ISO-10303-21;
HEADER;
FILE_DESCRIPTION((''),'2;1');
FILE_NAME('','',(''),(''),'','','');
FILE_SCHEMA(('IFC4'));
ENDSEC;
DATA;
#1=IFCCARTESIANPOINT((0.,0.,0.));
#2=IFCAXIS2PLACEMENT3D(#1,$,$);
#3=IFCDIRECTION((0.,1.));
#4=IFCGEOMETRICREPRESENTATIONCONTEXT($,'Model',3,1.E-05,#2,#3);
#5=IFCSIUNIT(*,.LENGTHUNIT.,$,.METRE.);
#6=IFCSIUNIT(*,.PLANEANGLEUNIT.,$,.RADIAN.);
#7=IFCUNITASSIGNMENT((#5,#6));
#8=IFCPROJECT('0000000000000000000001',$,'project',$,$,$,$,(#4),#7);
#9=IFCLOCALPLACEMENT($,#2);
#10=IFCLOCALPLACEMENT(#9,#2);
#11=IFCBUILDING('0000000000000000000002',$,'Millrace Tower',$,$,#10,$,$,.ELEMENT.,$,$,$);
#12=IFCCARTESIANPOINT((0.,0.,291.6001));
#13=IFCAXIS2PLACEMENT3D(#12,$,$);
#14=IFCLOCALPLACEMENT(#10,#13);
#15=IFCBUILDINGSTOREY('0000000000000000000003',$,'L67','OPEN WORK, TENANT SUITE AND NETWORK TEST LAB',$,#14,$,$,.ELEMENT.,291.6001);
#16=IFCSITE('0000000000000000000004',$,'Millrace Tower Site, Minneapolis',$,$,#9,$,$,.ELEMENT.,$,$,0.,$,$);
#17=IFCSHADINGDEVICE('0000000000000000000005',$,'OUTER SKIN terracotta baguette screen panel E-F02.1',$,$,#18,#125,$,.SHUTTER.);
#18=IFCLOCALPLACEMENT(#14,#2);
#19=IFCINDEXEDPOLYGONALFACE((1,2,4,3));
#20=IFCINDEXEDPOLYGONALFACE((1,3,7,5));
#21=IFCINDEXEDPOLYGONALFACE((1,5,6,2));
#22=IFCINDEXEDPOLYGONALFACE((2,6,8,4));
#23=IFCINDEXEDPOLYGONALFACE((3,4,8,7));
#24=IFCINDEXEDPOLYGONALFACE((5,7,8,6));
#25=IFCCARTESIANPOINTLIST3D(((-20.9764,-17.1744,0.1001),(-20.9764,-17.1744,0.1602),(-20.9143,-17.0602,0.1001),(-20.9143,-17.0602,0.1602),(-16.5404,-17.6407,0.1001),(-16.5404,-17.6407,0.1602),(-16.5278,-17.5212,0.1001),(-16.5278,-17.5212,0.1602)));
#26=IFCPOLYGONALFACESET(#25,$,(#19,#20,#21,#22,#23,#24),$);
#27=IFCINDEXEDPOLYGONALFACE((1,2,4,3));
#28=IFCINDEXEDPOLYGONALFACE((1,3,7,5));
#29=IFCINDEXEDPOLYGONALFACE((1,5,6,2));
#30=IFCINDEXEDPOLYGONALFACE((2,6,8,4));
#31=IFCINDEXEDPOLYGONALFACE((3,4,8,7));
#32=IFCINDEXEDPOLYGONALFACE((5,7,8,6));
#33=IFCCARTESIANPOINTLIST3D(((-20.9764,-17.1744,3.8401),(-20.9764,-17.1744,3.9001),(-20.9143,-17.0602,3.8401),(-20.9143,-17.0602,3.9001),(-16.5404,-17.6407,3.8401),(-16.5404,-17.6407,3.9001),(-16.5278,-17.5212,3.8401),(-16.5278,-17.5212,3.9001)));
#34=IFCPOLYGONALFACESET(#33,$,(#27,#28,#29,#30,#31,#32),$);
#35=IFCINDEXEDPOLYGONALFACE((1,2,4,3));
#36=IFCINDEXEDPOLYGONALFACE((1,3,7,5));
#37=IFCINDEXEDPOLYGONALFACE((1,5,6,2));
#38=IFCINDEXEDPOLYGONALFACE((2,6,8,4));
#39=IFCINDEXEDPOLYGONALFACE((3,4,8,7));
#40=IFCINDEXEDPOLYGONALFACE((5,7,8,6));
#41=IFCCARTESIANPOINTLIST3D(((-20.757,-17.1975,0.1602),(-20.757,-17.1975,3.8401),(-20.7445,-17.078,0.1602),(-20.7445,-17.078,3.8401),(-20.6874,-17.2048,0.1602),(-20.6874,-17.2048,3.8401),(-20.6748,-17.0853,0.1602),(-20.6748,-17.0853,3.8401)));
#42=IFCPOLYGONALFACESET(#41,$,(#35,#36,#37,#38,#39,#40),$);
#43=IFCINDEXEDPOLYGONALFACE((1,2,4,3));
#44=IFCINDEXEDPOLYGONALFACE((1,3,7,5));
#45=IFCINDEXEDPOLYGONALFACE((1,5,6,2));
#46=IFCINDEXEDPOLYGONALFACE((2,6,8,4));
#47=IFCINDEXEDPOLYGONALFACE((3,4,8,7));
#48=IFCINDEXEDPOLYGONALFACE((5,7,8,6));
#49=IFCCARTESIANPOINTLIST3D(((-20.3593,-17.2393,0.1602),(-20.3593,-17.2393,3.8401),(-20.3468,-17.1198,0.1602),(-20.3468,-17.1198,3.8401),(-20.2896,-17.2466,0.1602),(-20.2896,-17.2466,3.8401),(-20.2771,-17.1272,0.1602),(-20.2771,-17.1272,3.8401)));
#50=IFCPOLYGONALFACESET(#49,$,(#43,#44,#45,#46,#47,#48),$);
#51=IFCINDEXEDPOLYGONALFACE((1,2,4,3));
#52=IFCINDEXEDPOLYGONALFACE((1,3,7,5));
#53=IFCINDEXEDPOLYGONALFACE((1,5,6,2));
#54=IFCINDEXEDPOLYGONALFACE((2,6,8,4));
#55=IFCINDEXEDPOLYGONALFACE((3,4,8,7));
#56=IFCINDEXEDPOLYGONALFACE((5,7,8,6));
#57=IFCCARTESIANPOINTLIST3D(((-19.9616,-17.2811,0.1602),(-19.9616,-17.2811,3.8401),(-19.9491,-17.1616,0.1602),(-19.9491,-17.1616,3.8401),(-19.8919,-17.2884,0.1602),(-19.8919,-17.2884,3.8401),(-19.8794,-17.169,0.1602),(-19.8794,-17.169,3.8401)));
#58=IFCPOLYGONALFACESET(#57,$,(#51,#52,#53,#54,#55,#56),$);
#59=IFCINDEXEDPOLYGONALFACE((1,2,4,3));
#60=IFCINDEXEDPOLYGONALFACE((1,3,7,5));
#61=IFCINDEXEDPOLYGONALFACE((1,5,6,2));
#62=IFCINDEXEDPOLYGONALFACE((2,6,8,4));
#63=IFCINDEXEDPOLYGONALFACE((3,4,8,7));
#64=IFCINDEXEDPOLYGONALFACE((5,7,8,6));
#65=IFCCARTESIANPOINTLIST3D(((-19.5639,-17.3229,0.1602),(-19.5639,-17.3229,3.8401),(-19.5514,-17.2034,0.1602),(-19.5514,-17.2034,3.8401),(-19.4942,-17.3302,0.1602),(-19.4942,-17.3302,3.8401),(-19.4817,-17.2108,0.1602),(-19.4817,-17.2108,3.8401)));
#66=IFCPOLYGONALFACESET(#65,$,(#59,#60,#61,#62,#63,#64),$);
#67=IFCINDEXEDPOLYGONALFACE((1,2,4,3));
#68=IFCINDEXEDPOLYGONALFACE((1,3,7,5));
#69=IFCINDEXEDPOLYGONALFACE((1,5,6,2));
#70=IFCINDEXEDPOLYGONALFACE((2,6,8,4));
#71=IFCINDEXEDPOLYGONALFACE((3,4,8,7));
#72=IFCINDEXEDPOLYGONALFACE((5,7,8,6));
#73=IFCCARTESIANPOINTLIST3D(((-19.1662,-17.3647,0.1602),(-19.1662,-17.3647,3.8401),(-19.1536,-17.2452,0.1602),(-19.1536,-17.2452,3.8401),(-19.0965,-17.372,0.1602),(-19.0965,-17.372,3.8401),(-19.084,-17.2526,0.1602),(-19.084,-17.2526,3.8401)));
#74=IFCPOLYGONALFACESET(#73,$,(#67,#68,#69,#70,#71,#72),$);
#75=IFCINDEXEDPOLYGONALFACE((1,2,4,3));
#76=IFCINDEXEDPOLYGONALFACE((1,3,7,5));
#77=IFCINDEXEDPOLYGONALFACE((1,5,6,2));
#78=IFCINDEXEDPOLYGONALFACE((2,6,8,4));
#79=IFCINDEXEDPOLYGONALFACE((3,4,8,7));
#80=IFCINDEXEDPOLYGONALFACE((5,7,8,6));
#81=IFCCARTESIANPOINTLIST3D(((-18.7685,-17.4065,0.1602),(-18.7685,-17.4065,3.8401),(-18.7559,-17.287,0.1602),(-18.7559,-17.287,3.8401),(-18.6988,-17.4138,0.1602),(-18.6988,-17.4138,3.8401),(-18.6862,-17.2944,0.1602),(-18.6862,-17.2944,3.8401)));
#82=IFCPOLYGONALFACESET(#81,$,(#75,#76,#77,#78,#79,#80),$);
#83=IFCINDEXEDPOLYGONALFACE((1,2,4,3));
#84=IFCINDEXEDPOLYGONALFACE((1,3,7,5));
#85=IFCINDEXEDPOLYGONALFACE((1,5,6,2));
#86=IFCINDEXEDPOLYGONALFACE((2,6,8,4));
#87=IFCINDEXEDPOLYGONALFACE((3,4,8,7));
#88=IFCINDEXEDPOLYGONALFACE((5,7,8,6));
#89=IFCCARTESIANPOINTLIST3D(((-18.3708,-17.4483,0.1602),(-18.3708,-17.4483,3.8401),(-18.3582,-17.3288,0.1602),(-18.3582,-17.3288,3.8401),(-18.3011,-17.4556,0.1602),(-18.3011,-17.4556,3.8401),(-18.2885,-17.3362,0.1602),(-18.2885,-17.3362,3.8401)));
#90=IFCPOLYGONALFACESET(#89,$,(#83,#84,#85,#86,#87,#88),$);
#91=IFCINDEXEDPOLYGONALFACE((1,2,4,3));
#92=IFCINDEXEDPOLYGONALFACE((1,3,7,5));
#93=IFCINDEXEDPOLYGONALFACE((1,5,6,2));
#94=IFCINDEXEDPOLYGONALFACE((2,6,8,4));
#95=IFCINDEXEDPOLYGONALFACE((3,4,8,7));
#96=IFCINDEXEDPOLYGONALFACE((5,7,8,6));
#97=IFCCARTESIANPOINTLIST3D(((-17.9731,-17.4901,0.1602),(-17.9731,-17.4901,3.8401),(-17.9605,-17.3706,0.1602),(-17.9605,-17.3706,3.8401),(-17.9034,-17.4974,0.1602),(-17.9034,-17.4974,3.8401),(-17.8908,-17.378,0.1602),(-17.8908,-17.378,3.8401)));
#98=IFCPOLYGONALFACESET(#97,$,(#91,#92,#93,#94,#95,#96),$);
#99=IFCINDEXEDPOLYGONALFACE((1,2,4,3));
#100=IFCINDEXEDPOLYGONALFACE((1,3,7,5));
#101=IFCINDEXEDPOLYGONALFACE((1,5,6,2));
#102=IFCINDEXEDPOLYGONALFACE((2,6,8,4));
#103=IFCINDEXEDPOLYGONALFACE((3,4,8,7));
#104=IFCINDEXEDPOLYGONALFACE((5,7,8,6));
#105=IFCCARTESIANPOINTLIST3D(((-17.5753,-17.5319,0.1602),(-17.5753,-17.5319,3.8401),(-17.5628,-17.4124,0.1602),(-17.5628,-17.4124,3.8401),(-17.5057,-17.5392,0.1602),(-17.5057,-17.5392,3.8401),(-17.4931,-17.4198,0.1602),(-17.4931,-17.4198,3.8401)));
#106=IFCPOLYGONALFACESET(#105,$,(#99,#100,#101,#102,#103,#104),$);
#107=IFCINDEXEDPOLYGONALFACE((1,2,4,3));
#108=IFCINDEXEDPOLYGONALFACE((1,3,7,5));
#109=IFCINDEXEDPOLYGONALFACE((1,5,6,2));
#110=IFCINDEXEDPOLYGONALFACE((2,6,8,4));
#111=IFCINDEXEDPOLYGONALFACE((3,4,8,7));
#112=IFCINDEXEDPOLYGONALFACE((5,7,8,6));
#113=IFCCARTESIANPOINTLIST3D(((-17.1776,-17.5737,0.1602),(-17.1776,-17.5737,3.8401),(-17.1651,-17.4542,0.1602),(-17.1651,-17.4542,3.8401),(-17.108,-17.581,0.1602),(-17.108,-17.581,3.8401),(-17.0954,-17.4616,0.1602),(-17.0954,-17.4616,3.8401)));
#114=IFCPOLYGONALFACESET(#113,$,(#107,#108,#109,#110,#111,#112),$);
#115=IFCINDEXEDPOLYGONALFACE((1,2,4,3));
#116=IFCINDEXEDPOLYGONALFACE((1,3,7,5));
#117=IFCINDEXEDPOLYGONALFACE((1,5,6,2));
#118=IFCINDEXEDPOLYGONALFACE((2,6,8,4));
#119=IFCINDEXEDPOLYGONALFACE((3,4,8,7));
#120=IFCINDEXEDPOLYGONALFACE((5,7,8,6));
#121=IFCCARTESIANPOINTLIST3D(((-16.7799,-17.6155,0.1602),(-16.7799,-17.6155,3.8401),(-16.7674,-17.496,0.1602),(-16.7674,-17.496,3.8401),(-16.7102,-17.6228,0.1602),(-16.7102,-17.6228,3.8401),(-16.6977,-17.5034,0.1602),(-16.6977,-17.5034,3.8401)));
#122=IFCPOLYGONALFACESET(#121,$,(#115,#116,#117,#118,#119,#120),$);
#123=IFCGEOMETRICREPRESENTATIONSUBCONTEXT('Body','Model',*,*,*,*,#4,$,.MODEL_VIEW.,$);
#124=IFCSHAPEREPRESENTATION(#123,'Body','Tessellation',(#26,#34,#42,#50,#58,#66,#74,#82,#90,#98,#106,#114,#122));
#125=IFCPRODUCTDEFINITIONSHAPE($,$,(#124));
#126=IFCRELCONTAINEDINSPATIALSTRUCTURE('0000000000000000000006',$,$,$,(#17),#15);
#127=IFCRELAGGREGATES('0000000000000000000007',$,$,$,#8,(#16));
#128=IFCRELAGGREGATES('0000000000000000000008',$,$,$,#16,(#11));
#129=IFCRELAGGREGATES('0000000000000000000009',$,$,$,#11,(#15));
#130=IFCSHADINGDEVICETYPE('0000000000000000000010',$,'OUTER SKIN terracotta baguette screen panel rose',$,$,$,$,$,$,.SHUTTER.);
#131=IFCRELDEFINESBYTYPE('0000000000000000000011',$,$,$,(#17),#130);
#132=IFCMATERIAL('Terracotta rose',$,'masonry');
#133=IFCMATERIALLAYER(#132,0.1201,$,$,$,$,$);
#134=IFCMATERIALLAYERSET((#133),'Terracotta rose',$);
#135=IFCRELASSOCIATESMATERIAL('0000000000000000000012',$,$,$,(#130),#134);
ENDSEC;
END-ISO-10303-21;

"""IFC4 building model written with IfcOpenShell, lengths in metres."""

from ifc_helpers import new_model, entity, si_unit, direction, frame, frame_2d, origin, place, context, subcontext, project, spatial, rectangle, extrude, source, transform, mapped, material, layer, layer_set, type_object, element, save


model = new_model("IFC4")

# Units and contexts
model_context = context("Model", 3, precision=1e-05, world=origin(), true_north=direction((0.0, 1.0)))
body_context = subcontext(model_context, "Body", "Model", "MODEL_VIEW")
ifc_project = project(units=[si_unit("LENGTHUNIT", "METRE"), si_unit("PLANEANGLEUNIT", "RADIAN")], contexts=[model_context])

# Site, building, storey
site_placement = place(None, origin())
site = spatial("IfcSite", under=ifc_project, at=site_placement, Name="Millrace Tower Site, Minneapolis", CompositionType="ELEMENT", RefElevation=0.0)
building_placement = place(site_placement, origin())
building = spatial("IfcBuilding", under=site, at=building_placement, Name="Millrace Tower", CompositionType="ELEMENT")
storey_placement = place(building_placement, frame((0.0, 0.0, 291.6001)))
storey = spatial("IfcBuildingStorey", under=building, at=storey_placement, Name="L67", Description="OPEN WORK, TENANT SUITE AND NETWORK TEST LAB", CompositionType="ELEMENT", Elevation=291.6001)

# Shading device
ifc_material_1 = material(Name="Terracotta rose", Category="masonry")
ifc_layer_1 = layer(ifc_material_1, 0.1201)
ifc_layer_set_1 = layer_set([ifc_layer_1], Name="Terracotta rose")
shading_device_type = type_object("IfcShadingDeviceType", Name="OUTER SKIN terracotta baguette screen panel rose", PredefinedType="SHUTTER", material=ifc_layer_set_1)
cartesian_point_1 = entity("IfcCartesianPoint", [-2.1929, 0.0601])
shared_polyline_1 = entity("IfcPolyline", [cartesian_point_1, entity("IfcCartesianPoint", [2.2178, 0.0601]), entity("IfcCartesianPoint", [2.2178, -0.0601]), entity("IfcCartesianPoint", [-2.2427, -0.0601]), cartesian_point_1])
shared_shape_1 = source(origin(), body_context, "Body", "SweptSolid", [
    entity("IfcExtrudedAreaSolid", entity("IfcArbitraryClosedProfileDef", "AREA", None, shared_polyline_1), entity("IfcAxis2Placement3D", entity("IfcCartesianPoint", [0.0, 0.0, 0.0])), entity("IfcDirection", [0.0, 0.0, 1.0]), 0.0601),
    entity("IfcExtrudedAreaSolid", entity("IfcArbitraryClosedProfileDef", "AREA", None, shared_polyline_1), entity("IfcAxis2Placement3D", entity("IfcCartesianPoint", [0.0, 0.0, 3.74])), entity("IfcDirection", [0.0, 0.0, 1.0]), 0.0601),
    extrude(rectangle(XDim=0.0701, YDim=0.1201, at=frame_2d((-1.9871, 0.0))), frame((0.0, 0.0, 0.0601)), (0.0, 0.0, 1.0), 3.6799),
    extrude(rectangle(XDim=0.0701, YDim=0.1201, at=frame_2d((-1.5872, 0.0))), frame((0.0, 0.0, 0.0601)), (0.0, 0.0, 1.0), 3.6799),
    extrude(rectangle(XDim=0.0701, YDim=0.1201, at=frame_2d((-1.1873, 0.0))), frame((0.0, 0.0, 0.0601)), (0.0, 0.0, 1.0), 3.6799),
    extrude(rectangle(XDim=0.0701, YDim=0.1201, at=frame_2d((-0.7874, 0.0))), frame((0.0, 0.0, 0.0601)), (0.0, 0.0, 1.0), 3.6799),
    extrude(rectangle(XDim=0.0701, YDim=0.1201, at=frame_2d((-0.3875, 0.0))), frame((0.0, 0.0, 0.0601)), (0.0, 0.0, 1.0), 3.6799),
    extrude(rectangle(XDim=0.0701, YDim=0.1201, at=frame_2d((0.0125, 0.0))), frame((0.0, 0.0, 0.0601)), (0.0, 0.0, 1.0), 3.6799),
    extrude(rectangle(XDim=0.0701, YDim=0.1201, at=frame_2d((0.4124, 0.0))), frame((0.0, 0.0, 0.0601)), (0.0, 0.0, 1.0), 3.6799),
    extrude(rectangle(XDim=0.0701, YDim=0.1201, at=frame_2d((0.8123, 0.0))), frame((0.0, 0.0, 0.0601)), (0.0, 0.0, 1.0), 3.6799),
    extrude(rectangle(XDim=0.0701, YDim=0.1201, at=frame_2d((1.2122, 0.0))), frame((0.0, 0.0, 0.0601)), (0.0, 0.0, 1.0), 3.6799),
    extrude(rectangle(XDim=0.0701, YDim=0.1201, at=frame_2d((1.6121, 0.0))), frame((0.0, 0.0, 0.0601)), (0.0, 0.0, 1.0), 3.6799),
    extrude(rectangle(XDim=0.0701, YDim=0.1201, at=frame_2d((2.012, 0.0))), frame((0.0, 0.0, 0.0601)), (0.0, 0.0, 1.0), 3.6799),
])
shading_device_1_placement = place(storey_placement, frame((-18.7397, -17.3491, 0.1001), z_axis=(0.0, 0.0, 1.0), x_axis=(0.994522, -0.104528, 0.0)))
element("IfcShadingDevice", 1, at=shading_device_1_placement, inside=storey, type_object=shading_device_type, Name="OUTER SKIN terracotta baguette screen panel E-F02.1", PredefinedType="SHUTTER", context=body_context, shape_type="MappedRepresentation", body=[
    mapped(shared_shape_1, transform((0.0, 0.0, 0.0), scale=1.0)),
])

save(model, "model.ifc")
